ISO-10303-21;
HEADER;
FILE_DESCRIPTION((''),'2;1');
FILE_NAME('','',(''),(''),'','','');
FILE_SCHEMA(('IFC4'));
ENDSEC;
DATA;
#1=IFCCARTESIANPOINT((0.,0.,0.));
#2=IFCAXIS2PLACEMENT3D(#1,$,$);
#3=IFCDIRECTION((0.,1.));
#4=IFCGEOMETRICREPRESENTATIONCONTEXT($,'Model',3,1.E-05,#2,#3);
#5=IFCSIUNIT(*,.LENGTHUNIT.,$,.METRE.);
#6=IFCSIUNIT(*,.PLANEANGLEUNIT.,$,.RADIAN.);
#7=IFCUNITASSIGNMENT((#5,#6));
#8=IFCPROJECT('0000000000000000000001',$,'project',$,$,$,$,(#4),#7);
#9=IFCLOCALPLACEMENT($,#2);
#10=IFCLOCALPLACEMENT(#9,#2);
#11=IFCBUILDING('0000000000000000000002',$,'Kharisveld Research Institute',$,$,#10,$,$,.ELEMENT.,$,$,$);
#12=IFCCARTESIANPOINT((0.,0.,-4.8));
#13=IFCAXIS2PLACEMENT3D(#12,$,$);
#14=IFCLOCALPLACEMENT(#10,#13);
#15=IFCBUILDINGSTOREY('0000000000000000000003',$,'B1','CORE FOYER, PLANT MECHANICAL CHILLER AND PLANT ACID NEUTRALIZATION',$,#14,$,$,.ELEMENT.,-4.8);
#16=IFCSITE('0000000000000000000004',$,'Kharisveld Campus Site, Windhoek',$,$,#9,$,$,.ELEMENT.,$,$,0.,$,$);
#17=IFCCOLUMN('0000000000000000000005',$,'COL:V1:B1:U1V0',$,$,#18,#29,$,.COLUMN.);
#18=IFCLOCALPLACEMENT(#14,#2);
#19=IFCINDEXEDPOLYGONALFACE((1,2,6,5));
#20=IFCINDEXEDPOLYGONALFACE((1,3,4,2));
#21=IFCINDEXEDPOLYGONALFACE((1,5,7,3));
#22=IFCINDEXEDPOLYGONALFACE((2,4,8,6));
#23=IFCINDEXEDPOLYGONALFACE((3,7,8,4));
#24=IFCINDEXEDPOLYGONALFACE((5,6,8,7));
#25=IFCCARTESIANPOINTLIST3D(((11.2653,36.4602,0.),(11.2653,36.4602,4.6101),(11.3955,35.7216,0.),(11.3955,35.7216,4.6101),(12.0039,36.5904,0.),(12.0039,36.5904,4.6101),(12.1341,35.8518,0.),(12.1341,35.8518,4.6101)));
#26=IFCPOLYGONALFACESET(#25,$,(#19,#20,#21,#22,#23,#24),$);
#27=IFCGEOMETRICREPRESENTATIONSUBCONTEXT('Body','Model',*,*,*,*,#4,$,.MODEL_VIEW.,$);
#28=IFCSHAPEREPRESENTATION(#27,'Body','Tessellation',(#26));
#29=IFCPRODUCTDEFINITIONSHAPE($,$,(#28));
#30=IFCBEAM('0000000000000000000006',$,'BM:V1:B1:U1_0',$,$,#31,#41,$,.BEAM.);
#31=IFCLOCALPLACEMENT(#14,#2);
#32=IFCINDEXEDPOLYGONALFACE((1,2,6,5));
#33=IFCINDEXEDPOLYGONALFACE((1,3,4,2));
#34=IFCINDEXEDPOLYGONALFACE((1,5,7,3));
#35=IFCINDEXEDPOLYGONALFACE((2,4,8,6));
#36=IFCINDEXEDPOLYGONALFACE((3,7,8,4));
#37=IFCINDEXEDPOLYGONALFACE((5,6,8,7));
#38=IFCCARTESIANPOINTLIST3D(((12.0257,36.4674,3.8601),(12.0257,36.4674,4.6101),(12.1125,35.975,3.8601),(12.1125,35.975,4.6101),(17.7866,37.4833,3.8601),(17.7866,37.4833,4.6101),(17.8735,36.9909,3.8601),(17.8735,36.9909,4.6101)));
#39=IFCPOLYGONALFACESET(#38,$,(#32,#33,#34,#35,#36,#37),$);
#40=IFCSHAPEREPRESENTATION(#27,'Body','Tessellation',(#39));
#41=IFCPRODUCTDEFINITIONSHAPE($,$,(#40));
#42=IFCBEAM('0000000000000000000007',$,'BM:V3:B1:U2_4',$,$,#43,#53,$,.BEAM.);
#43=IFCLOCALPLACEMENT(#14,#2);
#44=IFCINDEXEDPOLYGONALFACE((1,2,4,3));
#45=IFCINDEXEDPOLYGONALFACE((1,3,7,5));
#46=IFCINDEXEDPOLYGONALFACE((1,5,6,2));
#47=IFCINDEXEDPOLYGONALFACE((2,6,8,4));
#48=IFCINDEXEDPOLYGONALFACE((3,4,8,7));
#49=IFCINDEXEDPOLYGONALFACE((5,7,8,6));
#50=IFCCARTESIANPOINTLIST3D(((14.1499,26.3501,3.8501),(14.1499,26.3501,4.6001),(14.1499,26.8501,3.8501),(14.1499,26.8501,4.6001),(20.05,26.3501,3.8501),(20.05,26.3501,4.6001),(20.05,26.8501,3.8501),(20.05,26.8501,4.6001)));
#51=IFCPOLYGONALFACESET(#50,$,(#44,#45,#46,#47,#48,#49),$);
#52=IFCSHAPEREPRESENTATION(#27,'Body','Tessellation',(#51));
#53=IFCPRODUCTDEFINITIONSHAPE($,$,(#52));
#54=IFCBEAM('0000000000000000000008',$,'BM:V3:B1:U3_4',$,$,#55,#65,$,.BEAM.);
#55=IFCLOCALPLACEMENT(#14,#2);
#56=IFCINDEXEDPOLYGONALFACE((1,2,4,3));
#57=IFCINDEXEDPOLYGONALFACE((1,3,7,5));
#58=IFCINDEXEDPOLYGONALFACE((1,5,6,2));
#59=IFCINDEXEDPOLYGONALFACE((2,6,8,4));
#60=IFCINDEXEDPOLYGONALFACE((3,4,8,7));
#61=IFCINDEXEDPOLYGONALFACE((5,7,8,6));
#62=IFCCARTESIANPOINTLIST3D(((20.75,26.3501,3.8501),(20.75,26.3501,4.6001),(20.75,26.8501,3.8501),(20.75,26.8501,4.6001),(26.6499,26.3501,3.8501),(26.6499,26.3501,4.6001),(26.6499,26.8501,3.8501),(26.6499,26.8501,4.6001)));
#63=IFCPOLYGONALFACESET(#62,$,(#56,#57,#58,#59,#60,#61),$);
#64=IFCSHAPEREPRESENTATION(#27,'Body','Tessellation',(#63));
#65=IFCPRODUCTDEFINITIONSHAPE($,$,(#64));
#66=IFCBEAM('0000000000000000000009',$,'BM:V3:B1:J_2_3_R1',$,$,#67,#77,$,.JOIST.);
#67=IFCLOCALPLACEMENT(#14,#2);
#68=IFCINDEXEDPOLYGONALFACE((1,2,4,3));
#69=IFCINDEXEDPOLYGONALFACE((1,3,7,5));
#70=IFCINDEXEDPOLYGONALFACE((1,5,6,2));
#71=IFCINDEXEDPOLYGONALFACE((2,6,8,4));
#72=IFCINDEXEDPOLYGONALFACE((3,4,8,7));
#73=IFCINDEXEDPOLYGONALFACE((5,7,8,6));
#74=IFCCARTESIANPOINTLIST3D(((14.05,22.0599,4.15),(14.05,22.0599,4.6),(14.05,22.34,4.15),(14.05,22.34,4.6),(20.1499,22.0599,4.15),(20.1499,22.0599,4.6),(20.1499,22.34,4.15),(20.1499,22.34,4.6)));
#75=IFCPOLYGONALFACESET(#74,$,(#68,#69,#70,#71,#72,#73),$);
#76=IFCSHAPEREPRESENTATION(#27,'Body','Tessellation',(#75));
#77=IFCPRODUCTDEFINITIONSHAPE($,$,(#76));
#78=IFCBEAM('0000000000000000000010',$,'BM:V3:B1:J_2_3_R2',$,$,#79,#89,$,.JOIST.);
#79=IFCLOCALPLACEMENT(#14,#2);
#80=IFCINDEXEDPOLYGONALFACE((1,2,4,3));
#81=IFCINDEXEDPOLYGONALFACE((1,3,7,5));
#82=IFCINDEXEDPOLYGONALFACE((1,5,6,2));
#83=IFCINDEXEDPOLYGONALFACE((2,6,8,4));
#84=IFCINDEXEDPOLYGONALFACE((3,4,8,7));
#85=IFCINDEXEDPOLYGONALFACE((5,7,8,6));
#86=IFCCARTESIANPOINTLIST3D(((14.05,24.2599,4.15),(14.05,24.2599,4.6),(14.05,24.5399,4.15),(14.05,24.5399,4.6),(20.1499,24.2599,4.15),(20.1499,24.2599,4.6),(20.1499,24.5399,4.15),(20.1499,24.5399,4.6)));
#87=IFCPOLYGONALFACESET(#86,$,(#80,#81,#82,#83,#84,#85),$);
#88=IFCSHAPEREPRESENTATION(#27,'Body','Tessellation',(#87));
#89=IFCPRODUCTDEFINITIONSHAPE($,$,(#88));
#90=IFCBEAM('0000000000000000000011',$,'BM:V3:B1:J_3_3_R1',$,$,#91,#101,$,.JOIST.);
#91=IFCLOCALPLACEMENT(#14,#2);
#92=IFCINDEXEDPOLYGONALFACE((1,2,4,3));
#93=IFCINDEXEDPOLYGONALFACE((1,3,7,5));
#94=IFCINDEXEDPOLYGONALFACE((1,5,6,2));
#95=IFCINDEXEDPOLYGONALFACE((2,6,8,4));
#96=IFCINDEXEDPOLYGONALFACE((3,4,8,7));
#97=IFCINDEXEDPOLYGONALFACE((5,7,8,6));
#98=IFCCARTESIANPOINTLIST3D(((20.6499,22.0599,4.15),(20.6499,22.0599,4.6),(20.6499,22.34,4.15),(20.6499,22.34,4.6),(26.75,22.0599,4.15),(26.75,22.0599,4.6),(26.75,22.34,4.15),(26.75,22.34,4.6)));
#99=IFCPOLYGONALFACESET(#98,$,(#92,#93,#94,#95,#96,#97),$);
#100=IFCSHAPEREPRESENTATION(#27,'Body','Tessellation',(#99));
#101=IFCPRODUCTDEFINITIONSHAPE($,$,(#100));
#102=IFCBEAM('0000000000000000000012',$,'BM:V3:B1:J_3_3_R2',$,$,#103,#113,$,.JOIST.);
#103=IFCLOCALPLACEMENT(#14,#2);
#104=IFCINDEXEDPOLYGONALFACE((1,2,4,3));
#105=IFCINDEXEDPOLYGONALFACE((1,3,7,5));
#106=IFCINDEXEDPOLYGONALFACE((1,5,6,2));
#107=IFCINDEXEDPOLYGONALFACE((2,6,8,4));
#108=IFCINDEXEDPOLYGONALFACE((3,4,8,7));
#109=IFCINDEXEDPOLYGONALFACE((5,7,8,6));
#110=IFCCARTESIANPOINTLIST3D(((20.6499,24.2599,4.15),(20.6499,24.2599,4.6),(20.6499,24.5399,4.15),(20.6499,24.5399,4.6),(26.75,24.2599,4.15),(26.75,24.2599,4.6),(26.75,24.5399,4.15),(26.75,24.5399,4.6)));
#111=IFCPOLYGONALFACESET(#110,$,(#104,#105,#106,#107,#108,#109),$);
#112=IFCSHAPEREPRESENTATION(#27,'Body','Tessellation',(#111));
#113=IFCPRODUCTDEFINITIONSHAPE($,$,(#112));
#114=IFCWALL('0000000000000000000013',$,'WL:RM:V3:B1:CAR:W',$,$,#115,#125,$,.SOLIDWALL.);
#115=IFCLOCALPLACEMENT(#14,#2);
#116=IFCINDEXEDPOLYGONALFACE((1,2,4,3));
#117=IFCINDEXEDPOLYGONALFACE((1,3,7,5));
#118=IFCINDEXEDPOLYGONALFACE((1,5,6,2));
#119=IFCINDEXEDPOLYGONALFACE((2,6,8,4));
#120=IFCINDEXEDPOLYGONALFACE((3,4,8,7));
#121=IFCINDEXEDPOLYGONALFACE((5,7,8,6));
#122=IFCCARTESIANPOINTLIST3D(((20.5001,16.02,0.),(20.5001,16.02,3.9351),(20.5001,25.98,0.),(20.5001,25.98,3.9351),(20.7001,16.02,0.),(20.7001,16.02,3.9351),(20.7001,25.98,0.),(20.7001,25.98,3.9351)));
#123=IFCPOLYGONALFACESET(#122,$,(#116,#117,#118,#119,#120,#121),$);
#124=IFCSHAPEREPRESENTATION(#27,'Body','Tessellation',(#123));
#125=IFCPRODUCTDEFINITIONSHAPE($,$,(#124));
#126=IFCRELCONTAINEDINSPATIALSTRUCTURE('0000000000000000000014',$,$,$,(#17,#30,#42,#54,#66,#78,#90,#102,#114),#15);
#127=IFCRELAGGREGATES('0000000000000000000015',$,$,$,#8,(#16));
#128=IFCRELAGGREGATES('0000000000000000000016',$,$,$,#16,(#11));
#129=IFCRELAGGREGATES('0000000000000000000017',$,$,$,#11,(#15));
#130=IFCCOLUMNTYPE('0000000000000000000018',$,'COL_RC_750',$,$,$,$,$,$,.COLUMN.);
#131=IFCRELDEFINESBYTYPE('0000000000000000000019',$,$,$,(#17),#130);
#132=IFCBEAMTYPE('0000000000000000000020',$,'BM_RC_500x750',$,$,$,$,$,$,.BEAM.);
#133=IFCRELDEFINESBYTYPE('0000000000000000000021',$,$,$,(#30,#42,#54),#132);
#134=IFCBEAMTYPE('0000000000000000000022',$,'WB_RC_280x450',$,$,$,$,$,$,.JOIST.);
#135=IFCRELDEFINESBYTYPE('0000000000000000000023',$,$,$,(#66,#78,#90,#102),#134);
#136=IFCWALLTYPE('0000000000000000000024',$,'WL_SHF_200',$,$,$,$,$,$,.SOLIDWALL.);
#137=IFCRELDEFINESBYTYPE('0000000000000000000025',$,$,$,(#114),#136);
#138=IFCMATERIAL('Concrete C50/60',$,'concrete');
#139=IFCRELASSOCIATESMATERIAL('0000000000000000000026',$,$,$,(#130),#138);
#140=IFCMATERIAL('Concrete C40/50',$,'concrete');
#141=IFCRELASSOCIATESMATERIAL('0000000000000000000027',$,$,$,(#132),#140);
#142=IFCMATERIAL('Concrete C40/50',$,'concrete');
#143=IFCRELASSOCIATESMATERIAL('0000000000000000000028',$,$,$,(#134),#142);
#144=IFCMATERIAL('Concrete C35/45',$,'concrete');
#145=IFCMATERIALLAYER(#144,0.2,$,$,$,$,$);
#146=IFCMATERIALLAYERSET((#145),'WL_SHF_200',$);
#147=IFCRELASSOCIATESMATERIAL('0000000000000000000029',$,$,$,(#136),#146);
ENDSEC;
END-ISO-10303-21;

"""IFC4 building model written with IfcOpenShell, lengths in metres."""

from ifc_helpers import new_model, si_unit, direction, frame, frame_2d, origin, origin_2d, place, context, subcontext, project, spatial, rectangle, extrude, material, layer, layer_set, material_profile, profile_set, type_object, element, save


model = new_model("IFC4")

# Units and contexts
model_context = context("Model", 3, precision=1e-05, world=origin(), true_north=direction((0.0, 1.0)))
body_context = subcontext(model_context, "Body", "Model", "MODEL_VIEW")
ifc_project = project(units=[si_unit("LENGTHUNIT", "METRE"), si_unit("PLANEANGLEUNIT", "RADIAN")], contexts=[model_context])

# Site, building, storey
site_placement = place(None, origin())
site = spatial("IfcSite", under=ifc_project, at=site_placement, Name="Kharisveld Campus Site, Windhoek", CompositionType="ELEMENT", RefElevation=0.0)
building_placement = place(site_placement, origin())
building = spatial("IfcBuilding", under=site, at=building_placement, Name="Kharisveld Research Institute", CompositionType="ELEMENT")
storey_placement = place(building_placement, frame((0.0, 0.0, -4.8)))
storey = spatial("IfcBuildingStorey", under=building, at=storey_placement, Name="B1", Description="CORE FOYER, PLANT MECHANICAL CHILLER AND PLANT ACID NEUTRALIZATION", CompositionType="ELEMENT", Elevation=-4.8)

# Column
ifc_material_1 = material(Name="Concrete C50/60", Category="concrete")
ifc_material_profile_1 = material_profile(ifc_material_1, rectangle(XDim=0.75, YDim=0.75, at=origin_2d()))
ifc_profile_set_1 = profile_set([ifc_material_profile_1], Name="Concrete C50/60")
column_type_1 = type_object("IfcColumnType", Name="COL_RC_750", PredefinedType="COLUMN", material=ifc_profile_set_1)
column_placement = place(storey_placement, frame((11.6997, 36.156, 0.0), z_axis=(0.0, 0.0, 1.0), x_axis=(0.984808, 0.173648, 0.0)))
element("IfcColumn", 1, at=column_placement, inside=storey, type_object=column_type_1, Name="COL:V1:B1:U1V0", PredefinedType="COLUMN", context=body_context, shape_type="SweptSolid", body=[
    extrude(rectangle(XDim=0.75, YDim=0.75, at=origin_2d()), origin(), (0.0, 0.0, 1.0), 4.6101),
])

# Beams
ifc_material_2 = material(Name="Concrete C40/50", Category="concrete")
ifc_material_profile_2 = material_profile(ifc_material_2, rectangle(XDim=0.5, YDim=0.75, at=origin_2d()))
ifc_profile_set_2 = profile_set([ifc_material_profile_2], Name="Concrete C40/50")
beam_type_1 = type_object("IfcBeamType", Name="BM_RC_500x750", PredefinedType="BEAM", material=ifc_profile_set_2)
beam_1_placement = place(storey_placement, frame((12.0691, 36.2212, 4.2351), z_axis=(0.984806, 0.173657, 0.0), x_axis=(-0.173657, 0.984806, 0.0)))
element("IfcBeam", 2, at=beam_1_placement, inside=storey, type_object=beam_type_1, Name="BM:V1:B1:U1_0", PredefinedType="BEAM", context=body_context, shape_type="SweptSolid", body=[
    extrude(rectangle(XDim=0.5, YDim=0.75, at=origin_2d()), origin(), (0.0, 0.0, 1.0), 5.8499),
])
beam_2_placement = place(storey_placement, frame((14.1499, 26.6001, 4.2251), z_axis=(1.0, 0.0, 0.0), x_axis=(0.0, 1.0, 0.0)))
element("IfcBeam", 3, at=beam_2_placement, inside=storey, type_object=beam_type_1, Name="BM:V3:B1:U2_4", PredefinedType="BEAM", context=body_context, shape_type="SweptSolid", body=[
    extrude(rectangle(XDim=0.5, YDim=0.75, at=origin_2d()), origin(), (0.0, 0.0, 1.0), 5.9001),
])
beam_3_placement = place(storey_placement, frame((20.75, 26.6001, 4.2251), z_axis=(1.0, 0.0, 0.0), x_axis=(0.0, 1.0, 0.0)))
element("IfcBeam", 4, at=beam_3_placement, inside=storey, type_object=beam_type_1, Name="BM:V3:B1:U3_4", PredefinedType="BEAM", context=body_context, shape_type="SweptSolid", body=[
    extrude(rectangle(XDim=0.5, YDim=0.75, at=origin_2d()), origin(), (0.0, 0.0, 1.0), 5.8999),
])
ifc_material_3 = material(Name="Concrete C40/50", Category="concrete")
ifc_material_profile_3 = material_profile(ifc_material_3, rectangle(XDim=0.28, YDim=0.45, at=origin_2d()))
ifc_profile_set_3 = profile_set([ifc_material_profile_3], Name="Concrete C40/50")
beam_type_2 = type_object("IfcBeamType", Name="WB_RC_280x450", PredefinedType="JOIST", material=ifc_profile_set_3)
for number, where, z_axis, x_axis, name in (
    (5, (14.05, 22.2, 4.375), (1.0, 0.0, 0.0), (0.0, 1.0, 0.0), "BM:V3:B1:J_2_3_R1"),
    (6, (14.05, 24.3999, 4.375), (1.0, 0.0, 0.0), (0.0, 1.0, 0.0), "BM:V3:B1:J_2_3_R2"),
):
    element("IfcBeam", number, at=place(storey_placement, frame(where, z_axis=z_axis, x_axis=x_axis)), inside=storey, type_object=beam_type_2, Name=name, PredefinedType="JOIST", context=body_context, shape_type="SweptSolid", body=[
        extrude(rectangle(XDim=0.28, YDim=0.45, at=origin_2d()), origin(), (0.0, 0.0, 1.0), 6.0999),
    ])
for number, where, z_axis, x_axis, name in (
    (7, (20.6499, 22.2, 4.375), (1.0, 0.0, 0.0), (0.0, 1.0, 0.0), "BM:V3:B1:J_3_3_R1"),
    (8, (20.6499, 24.3999, 4.375), (1.0, 0.0, 0.0), (0.0, 1.0, 0.0), "BM:V3:B1:J_3_3_R2"),
):
    element("IfcBeam", number, at=place(storey_placement, frame(where, z_axis=z_axis, x_axis=x_axis)), inside=storey, type_object=beam_type_2, Name=name, PredefinedType="JOIST", context=body_context, shape_type="SweptSolid", body=[
        extrude(rectangle(XDim=0.28, YDim=0.45, at=origin_2d()), origin(), (0.0, 0.0, 1.0), 6.1001),
    ])

# Wall
ifc_material_4 = material(Name="Concrete C35/45", Category="concrete")
ifc_layer = layer(ifc_material_4, 0.2)
ifc_layer_set = layer_set([ifc_layer], Name="WL_SHF_200")
wall_type = type_object("IfcWallType", Name="WL_SHF_200", PredefinedType="SOLIDWALL", material=ifc_layer_set)
wall_placement = place(storey_placement, frame((20.6001, 25.98, 0.0), z_axis=(0.0, 0.0, 1.0), x_axis=(0.0, -1.0, 0.0)))
element("IfcWall", 9, at=wall_placement, inside=storey, type_object=wall_type, Name="WL:RM:V3:B1:CAR:W", PredefinedType="SOLIDWALL", context=body_context, shape_type="SweptSolid", body=[
    extrude(rectangle(XDim=9.96, YDim=0.2, at=frame_2d((4.98, 0.0))), origin(), (0.0, 0.0, 1.0), 3.9351),
])

save(model, "model.ifc")
